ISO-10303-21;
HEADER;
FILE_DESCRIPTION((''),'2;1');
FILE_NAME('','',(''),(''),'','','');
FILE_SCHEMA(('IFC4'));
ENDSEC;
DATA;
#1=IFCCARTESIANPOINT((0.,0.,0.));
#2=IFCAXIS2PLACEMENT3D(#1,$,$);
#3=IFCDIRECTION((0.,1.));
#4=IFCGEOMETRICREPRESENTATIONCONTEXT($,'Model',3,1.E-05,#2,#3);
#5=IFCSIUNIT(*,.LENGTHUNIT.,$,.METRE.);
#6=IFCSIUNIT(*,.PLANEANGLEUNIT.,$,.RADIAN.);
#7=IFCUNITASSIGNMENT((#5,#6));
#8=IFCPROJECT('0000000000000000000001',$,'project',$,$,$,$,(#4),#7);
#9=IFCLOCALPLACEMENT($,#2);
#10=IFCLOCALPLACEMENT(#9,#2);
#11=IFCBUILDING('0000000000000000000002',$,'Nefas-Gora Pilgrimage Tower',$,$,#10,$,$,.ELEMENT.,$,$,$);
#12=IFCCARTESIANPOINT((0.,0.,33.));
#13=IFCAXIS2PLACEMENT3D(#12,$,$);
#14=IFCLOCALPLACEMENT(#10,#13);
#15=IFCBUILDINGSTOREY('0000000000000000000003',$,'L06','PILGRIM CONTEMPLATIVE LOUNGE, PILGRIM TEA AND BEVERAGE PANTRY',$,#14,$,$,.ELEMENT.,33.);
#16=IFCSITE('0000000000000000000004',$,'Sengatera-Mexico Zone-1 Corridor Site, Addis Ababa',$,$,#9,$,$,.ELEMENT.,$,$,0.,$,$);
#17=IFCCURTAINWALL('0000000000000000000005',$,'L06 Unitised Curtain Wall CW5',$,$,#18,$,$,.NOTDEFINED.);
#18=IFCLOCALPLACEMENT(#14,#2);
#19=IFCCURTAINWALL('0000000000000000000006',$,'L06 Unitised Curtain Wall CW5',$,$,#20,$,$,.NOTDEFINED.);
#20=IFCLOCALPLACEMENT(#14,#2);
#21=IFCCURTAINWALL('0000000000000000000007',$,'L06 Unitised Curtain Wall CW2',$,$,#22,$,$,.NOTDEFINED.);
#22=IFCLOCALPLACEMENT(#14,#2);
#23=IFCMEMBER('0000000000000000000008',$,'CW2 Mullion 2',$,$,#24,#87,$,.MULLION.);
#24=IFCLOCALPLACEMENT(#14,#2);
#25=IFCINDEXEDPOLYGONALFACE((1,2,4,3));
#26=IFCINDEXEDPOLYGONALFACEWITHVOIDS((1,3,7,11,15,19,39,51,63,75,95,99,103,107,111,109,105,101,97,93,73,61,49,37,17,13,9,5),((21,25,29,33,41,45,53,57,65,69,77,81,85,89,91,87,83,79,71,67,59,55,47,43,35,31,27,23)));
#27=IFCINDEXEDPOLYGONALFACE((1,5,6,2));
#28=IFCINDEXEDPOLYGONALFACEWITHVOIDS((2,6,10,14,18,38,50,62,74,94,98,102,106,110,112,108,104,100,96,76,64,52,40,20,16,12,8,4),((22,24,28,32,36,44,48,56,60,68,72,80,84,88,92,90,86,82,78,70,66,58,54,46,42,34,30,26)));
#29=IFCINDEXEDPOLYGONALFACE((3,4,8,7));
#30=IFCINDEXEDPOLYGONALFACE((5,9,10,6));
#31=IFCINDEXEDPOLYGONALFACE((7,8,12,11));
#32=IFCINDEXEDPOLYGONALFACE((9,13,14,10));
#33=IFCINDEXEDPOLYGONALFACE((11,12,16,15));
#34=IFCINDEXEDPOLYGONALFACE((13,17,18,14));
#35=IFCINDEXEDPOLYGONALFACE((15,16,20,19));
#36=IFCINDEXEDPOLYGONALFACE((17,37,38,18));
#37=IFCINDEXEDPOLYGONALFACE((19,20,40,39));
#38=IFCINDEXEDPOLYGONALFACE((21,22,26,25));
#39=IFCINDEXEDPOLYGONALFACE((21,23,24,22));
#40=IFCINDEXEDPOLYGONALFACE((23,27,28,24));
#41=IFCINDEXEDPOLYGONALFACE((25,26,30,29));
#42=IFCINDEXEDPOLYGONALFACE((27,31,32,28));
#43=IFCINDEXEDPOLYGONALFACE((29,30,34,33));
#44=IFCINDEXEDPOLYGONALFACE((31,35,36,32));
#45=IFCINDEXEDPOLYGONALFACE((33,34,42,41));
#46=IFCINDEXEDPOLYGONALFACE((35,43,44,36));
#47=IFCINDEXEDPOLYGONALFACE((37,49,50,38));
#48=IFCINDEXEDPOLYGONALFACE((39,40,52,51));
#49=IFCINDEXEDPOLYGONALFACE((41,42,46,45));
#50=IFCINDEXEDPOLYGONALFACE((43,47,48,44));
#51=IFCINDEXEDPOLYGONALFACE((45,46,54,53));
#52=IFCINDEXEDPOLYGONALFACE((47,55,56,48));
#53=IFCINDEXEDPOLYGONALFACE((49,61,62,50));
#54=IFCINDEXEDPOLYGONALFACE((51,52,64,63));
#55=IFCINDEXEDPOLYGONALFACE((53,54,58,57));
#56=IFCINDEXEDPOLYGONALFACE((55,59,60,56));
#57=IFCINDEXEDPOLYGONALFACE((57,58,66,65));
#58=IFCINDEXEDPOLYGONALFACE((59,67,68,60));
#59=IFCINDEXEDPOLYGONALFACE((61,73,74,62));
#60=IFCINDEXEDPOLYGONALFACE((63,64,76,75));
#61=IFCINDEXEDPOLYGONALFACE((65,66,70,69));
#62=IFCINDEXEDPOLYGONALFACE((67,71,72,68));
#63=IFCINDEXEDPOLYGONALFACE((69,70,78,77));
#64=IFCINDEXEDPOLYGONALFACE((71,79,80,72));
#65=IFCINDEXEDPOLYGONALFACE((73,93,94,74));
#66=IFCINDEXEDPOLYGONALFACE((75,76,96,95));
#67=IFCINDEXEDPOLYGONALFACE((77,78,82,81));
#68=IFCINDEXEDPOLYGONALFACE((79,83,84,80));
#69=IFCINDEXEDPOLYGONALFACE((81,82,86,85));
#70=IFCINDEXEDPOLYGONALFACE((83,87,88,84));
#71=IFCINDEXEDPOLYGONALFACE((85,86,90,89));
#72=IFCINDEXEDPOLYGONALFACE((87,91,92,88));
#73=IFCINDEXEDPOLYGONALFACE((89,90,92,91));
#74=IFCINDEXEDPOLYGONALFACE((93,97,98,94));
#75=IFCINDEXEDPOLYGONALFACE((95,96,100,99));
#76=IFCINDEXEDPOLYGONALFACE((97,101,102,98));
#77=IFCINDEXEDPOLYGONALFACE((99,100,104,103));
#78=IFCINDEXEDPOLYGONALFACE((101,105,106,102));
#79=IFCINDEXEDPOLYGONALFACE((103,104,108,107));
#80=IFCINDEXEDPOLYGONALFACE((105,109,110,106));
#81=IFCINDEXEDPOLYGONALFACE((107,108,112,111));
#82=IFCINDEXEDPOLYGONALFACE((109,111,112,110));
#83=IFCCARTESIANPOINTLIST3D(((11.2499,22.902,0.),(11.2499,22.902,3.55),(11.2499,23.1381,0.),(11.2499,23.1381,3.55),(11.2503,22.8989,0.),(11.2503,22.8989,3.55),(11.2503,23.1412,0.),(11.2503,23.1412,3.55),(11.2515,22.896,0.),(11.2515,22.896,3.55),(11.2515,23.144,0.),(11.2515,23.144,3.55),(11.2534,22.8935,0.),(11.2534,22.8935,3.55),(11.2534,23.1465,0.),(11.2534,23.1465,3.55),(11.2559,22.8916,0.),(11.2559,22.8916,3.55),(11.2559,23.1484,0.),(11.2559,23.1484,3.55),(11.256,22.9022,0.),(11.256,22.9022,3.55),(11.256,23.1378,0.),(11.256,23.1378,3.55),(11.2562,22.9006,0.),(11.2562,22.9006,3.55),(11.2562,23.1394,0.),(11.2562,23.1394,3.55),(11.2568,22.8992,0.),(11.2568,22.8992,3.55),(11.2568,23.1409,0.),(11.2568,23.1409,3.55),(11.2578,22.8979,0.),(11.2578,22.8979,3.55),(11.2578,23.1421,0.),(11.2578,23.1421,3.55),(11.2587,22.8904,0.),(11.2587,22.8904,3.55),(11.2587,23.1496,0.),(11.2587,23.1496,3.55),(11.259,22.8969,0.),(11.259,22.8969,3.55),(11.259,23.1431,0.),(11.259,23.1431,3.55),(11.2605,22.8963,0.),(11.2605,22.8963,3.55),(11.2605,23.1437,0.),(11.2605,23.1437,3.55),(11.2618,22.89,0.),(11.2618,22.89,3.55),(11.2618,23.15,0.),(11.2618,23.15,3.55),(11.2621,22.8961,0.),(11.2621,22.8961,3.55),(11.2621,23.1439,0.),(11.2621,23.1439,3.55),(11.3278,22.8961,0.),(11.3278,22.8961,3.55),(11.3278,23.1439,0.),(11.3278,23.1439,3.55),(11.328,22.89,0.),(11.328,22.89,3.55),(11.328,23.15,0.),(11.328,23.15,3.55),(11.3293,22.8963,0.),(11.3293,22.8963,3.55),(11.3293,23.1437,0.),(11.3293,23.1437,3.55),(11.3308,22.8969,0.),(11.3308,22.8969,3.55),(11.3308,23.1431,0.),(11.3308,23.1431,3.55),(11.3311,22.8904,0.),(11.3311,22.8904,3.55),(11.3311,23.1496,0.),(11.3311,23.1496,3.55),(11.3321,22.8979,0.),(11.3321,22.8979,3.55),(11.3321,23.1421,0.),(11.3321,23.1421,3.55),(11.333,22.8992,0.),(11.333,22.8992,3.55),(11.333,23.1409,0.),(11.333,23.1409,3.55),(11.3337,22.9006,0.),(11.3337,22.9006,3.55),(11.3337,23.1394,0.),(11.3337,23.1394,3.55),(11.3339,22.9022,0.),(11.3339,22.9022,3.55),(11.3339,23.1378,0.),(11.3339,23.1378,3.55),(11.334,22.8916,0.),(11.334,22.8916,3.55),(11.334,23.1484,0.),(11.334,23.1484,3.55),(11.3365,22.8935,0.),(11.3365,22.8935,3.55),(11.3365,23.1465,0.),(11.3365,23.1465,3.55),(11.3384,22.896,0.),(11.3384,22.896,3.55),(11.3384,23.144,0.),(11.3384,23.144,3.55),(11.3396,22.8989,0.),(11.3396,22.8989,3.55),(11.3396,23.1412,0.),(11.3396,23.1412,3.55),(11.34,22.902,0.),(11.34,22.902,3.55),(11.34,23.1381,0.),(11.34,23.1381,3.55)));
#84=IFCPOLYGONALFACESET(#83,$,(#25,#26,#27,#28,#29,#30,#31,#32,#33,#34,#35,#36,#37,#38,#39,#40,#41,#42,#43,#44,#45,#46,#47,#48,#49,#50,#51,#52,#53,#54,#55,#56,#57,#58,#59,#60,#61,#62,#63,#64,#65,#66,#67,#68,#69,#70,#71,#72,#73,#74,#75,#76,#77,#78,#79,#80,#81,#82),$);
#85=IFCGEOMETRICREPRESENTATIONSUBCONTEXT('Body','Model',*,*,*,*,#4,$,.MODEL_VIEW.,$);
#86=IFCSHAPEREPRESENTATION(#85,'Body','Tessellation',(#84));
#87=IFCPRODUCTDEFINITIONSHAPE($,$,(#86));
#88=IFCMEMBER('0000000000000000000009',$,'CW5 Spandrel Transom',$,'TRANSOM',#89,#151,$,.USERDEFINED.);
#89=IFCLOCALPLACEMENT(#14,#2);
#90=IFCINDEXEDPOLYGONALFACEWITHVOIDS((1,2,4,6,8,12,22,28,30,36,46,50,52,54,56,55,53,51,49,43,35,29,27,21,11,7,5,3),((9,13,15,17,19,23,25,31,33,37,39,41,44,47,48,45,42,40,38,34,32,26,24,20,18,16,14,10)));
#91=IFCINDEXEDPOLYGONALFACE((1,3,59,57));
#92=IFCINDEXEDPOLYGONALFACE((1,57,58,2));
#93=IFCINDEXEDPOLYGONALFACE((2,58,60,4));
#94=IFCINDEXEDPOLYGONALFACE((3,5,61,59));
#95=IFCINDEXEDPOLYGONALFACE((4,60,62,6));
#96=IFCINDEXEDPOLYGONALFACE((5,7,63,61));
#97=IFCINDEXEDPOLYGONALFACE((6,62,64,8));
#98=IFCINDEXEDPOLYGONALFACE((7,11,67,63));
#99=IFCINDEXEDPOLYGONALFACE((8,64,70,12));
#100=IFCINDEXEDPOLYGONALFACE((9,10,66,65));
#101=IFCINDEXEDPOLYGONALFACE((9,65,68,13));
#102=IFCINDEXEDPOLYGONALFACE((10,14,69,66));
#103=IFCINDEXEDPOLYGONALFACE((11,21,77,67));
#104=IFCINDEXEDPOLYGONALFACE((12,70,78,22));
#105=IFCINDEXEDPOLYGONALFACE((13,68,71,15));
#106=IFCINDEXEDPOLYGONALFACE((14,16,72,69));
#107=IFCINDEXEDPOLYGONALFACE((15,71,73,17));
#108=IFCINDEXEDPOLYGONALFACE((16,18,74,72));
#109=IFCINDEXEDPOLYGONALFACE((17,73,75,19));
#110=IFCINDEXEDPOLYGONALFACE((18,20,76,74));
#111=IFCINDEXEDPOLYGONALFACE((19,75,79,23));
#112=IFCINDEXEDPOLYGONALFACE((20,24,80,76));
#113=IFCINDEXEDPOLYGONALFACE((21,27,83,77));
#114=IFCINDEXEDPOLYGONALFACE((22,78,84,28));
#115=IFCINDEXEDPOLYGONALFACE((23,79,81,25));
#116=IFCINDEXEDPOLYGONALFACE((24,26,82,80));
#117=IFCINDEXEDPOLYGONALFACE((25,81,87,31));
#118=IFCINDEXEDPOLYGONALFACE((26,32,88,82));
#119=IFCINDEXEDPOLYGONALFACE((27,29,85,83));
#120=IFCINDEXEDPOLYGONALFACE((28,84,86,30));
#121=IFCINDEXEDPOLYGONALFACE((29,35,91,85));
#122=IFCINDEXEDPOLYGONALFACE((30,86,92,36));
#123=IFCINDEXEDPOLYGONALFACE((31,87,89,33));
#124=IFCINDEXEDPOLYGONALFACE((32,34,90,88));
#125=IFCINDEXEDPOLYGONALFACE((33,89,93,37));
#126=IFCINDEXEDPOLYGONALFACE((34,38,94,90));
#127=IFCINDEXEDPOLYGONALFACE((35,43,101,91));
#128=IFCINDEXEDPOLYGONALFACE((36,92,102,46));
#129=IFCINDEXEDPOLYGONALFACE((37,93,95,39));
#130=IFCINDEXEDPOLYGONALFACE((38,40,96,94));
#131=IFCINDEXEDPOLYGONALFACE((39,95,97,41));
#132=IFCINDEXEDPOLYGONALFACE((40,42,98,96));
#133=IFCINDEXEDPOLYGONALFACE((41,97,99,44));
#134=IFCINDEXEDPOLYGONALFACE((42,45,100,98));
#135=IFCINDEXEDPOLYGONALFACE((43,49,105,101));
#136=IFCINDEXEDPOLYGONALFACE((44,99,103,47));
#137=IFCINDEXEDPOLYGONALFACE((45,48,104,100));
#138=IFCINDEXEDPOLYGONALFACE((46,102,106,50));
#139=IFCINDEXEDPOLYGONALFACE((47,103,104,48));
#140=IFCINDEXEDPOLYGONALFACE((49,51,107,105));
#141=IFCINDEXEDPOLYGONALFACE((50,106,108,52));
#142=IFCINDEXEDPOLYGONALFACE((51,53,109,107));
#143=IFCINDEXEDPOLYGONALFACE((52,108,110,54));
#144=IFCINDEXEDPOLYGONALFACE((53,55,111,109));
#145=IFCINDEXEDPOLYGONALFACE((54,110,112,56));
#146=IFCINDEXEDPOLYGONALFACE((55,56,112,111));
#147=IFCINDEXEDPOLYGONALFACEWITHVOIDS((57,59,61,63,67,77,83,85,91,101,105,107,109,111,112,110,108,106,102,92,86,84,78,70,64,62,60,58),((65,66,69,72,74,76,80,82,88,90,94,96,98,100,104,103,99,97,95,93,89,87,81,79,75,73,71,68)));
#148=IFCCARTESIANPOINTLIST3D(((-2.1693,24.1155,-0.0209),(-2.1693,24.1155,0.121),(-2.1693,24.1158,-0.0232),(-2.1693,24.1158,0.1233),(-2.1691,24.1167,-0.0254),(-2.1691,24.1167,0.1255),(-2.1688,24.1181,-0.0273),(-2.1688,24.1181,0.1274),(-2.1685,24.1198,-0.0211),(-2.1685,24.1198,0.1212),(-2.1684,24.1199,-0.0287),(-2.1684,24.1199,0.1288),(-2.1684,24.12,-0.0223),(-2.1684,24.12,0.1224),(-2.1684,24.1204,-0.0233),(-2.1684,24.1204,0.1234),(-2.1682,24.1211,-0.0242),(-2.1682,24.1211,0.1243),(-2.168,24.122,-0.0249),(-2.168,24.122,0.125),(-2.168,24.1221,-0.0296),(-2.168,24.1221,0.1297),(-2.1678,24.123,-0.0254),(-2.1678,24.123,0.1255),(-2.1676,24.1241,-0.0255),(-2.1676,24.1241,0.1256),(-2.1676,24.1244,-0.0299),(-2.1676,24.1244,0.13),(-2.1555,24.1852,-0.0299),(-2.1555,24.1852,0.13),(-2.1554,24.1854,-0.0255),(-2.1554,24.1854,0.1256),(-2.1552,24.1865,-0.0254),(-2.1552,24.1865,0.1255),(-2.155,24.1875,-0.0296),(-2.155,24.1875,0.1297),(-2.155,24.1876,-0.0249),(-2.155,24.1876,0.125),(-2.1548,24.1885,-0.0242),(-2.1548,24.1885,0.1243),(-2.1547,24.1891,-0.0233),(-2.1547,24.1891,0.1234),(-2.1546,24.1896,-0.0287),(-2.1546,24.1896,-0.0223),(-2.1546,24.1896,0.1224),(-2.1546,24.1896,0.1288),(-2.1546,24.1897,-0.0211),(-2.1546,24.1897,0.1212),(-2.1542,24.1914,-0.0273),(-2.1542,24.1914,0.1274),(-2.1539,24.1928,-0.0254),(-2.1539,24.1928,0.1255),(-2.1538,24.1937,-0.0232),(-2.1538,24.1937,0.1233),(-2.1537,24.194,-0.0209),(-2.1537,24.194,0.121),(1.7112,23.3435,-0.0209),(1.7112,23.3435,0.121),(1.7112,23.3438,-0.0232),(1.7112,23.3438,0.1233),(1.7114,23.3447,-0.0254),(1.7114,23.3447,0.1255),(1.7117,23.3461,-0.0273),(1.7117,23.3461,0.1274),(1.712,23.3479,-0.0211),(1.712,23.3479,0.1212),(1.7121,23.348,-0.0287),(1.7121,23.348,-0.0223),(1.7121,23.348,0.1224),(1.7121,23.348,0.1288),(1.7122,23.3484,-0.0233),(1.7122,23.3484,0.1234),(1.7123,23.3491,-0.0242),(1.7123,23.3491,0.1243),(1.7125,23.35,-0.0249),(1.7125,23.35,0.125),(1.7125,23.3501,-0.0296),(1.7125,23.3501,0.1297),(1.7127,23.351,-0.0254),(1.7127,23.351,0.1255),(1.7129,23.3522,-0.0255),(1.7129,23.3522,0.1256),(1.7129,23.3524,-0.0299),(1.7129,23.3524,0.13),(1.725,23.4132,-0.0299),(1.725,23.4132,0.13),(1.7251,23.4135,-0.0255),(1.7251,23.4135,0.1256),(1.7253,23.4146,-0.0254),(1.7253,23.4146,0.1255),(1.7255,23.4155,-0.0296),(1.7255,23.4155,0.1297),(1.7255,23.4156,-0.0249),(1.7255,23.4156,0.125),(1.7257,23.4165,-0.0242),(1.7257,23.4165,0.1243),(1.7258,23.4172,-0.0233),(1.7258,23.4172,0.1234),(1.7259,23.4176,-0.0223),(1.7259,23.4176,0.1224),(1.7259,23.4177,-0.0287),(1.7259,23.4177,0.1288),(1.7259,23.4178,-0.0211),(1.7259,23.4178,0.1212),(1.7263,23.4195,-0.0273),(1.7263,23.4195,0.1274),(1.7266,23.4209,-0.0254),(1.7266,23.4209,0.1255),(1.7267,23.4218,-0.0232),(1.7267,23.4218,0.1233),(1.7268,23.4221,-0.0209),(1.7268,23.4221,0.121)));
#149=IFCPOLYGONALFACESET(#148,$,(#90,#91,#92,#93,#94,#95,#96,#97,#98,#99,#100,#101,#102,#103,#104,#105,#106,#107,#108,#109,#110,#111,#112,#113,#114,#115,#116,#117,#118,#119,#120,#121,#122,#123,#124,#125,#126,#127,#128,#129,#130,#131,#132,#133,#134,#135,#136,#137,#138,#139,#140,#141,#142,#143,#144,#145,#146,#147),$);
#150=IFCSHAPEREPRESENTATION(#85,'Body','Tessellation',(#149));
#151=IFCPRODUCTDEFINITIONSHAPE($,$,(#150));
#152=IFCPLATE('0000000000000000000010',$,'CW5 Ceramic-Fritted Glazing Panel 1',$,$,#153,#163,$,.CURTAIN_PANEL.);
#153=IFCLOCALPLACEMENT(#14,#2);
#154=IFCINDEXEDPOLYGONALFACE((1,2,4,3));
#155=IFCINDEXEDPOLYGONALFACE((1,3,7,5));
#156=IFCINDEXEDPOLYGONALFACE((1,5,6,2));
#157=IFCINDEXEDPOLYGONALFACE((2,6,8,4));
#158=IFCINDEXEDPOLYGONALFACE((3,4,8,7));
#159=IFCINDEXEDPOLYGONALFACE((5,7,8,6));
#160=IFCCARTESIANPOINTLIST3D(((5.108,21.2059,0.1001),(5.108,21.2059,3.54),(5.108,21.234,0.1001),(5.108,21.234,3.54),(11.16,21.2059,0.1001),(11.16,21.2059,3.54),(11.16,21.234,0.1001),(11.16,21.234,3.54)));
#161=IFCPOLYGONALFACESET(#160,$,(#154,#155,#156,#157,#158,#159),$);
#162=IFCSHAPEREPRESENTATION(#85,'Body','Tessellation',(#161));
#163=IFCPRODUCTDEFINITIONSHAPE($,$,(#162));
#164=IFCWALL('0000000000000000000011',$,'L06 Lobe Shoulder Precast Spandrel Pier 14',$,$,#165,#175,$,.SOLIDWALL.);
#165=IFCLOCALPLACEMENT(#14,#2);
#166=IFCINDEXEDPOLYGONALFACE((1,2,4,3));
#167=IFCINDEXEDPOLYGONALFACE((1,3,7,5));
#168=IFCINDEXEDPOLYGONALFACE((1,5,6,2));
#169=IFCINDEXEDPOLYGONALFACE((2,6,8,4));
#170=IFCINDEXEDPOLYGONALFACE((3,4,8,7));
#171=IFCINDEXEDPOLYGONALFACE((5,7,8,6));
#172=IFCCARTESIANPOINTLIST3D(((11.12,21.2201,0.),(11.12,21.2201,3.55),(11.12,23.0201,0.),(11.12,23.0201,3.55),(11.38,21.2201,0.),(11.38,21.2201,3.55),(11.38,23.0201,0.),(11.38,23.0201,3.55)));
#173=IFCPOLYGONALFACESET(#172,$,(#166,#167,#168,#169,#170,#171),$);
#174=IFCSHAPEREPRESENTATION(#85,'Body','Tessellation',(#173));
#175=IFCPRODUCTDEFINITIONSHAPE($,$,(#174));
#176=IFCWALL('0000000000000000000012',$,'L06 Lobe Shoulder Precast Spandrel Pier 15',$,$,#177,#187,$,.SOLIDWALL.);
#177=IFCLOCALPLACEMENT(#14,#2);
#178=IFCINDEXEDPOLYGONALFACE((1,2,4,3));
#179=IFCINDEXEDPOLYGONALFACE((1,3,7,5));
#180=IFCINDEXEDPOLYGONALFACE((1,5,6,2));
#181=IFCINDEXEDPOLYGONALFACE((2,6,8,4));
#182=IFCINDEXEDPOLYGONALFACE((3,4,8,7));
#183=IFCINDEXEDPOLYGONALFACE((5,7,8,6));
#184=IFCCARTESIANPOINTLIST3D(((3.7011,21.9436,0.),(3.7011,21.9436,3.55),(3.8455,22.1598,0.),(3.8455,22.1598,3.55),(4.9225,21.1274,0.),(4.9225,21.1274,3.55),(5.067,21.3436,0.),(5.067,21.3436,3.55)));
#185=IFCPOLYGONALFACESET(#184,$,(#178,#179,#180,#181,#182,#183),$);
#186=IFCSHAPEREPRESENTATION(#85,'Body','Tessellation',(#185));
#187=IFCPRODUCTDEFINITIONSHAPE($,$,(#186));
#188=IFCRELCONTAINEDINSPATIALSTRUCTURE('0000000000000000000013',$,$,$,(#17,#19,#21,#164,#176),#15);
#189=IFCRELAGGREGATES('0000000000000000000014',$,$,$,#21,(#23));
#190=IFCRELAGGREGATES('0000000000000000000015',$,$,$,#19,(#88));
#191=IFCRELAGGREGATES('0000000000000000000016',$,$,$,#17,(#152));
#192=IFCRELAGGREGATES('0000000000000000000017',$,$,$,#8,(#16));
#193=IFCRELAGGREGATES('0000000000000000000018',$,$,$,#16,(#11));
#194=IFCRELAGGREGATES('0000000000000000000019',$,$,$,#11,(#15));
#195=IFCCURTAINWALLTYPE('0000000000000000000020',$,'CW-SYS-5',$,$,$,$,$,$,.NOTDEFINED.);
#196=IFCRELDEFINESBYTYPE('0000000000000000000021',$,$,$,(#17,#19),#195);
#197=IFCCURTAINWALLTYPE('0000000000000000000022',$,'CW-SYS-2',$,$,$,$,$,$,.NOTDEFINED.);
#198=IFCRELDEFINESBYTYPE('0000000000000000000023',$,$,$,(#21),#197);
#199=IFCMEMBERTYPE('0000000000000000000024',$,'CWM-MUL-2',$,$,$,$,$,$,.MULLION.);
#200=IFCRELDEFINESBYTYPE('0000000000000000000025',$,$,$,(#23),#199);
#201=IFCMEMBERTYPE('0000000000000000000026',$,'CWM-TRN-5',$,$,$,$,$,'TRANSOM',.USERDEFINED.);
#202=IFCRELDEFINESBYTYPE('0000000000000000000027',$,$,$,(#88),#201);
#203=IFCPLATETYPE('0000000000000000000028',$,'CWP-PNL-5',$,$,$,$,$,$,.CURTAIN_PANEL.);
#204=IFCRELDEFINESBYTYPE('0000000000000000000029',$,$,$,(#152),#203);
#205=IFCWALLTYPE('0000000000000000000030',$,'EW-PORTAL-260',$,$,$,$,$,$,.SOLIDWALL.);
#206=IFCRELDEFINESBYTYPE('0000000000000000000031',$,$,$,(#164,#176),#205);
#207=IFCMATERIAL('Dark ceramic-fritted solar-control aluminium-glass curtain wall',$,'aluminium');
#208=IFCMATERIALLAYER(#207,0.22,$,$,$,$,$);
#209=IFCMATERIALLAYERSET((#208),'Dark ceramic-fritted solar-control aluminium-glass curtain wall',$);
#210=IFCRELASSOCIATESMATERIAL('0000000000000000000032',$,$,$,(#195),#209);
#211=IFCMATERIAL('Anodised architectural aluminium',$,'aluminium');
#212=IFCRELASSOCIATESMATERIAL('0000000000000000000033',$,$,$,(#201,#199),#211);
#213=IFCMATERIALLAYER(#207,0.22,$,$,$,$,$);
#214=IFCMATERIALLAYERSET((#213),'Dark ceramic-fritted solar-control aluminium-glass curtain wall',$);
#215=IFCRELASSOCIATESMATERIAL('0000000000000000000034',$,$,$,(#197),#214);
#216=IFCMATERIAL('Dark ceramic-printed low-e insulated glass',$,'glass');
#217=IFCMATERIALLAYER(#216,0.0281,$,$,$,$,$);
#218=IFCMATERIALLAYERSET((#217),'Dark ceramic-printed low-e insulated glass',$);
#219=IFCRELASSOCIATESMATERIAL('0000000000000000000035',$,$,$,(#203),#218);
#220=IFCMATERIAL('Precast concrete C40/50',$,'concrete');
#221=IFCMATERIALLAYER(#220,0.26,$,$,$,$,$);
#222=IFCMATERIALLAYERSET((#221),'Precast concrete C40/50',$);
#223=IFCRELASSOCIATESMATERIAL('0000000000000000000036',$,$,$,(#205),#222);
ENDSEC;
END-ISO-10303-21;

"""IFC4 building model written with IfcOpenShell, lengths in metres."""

from ifc_helpers import new_model, si_unit, direction, frame, frame_2d, origin, origin_2d, place, context, subcontext, project, spatial, rectangle, hollow_rectangle, extrude, source, transform, mapped, material, layer, layer_set, material_profile, profile_set, type_object, element, aggregate, save


model = new_model("IFC4")

# Units and contexts
model_context = context("Model", 3, precision=1e-05, world=origin(), true_north=direction((0.0, 1.0)))
body_context = subcontext(model_context, "Body", "Model", "MODEL_VIEW")
ifc_project = project(units=[si_unit("LENGTHUNIT", "METRE"), si_unit("PLANEANGLEUNIT", "RADIAN")], contexts=[model_context])

# Site, building, storey
site_placement = place(None, origin())
site = spatial("IfcSite", under=ifc_project, at=site_placement, Name="Sengatera-Mexico Zone-1 Corridor Site, Addis Ababa", CompositionType="ELEMENT", RefElevation=0.0)
building_placement = place(site_placement, origin())
building = spatial("IfcBuilding", under=site, at=building_placement, Name="Nefas-Gora Pilgrimage Tower", CompositionType="ELEMENT")
storey_placement = place(building_placement, frame((0.0, 0.0, 33.0)))
storey = spatial("IfcBuildingStorey", under=building, at=storey_placement, Name="L06", Description="PILGRIM CONTEMPLATIVE LOUNGE, PILGRIM TEA AND BEVERAGE PANTRY", CompositionType="ELEMENT", Elevation=33.0)

# Curtain wall
ifc_material_1 = material(Name="Dark ceramic-fritted solar-control aluminium-glass curtain wall", Category="aluminium")
ifc_layer_1 = layer(ifc_material_1, 0.22)
ifc_layer_set_1 = layer_set([ifc_layer_1], Name="Dark ceramic-fritted solar-control aluminium-glass curtain wall")
curtain_wall_type_1 = type_object("IfcCurtainWallType", Name="CW-SYS-5", PredefinedType="NOTDEFINED", material=ifc_layer_set_1)
curtain_wall_1_placement = place(storey_placement, origin())
curtain_wall_1 = element("IfcCurtainWall", 1, at=curtain_wall_1_placement, inside=storey, type_object=curtain_wall_type_1, Name="L06 Unitised Curtain Wall CW5", PredefinedType="NOTDEFINED")
ifc_material_2 = material(Name="Anodised architectural aluminium", Category="aluminium")

# Curtain wall
curtain_wall_2_placement = place(storey_placement, origin())
curtain_wall_2 = element("IfcCurtainWall", 2, at=curtain_wall_2_placement, inside=storey, type_object=curtain_wall_type_1, Name="L06 Unitised Curtain Wall CW5", PredefinedType="NOTDEFINED")

# Shared definitions
ifc_material_profile_1 = material_profile(ifc_material_2, hollow_rectangle(XDim=0.0801, YDim=0.1599, WallThickness=0.0044, InnerFilletRadius=0.0044, OuterFilletRadius=0.009, at=origin_2d()), Name="ALU TRANSOM 80x160")
ifc_profile_set_1 = profile_set([ifc_material_profile_1], Name="Anodised architectural aluminium")
member_type_1 = type_object("IfcMemberType", Name="CWM-TRN-5", ElementType="TRANSOM", PredefinedType="USERDEFINED", material=ifc_profile_set_1)

# Curtain wall, member
ifc_layer_2 = layer(ifc_material_1, 0.22)
ifc_layer_set_2 = layer_set([ifc_layer_2], Name="Dark ceramic-fritted solar-control aluminium-glass curtain wall")
curtain_wall_type_2 = type_object("IfcCurtainWallType", Name="CW-SYS-2", PredefinedType="NOTDEFINED", material=ifc_layer_set_2)
curtain_wall_3_placement = place(storey_placement, origin())
curtain_wall_3 = element("IfcCurtainWall", 3, at=curtain_wall_3_placement, inside=storey, type_object=curtain_wall_type_2, Name="L06 Unitised Curtain Wall CW2", PredefinedType="NOTDEFINED")
ifc_material_profile_2 = material_profile(ifc_material_2, hollow_rectangle(XDim=0.0901, YDim=0.26, WallThickness=0.0061, InnerFilletRadius=0.0061, OuterFilletRadius=0.012, at=origin_2d()), Name="ALU MULLION 90x260")
ifc_profile_set_2 = profile_set([ifc_material_profile_2], Name="Anodised architectural aluminium")
member_type_2 = type_object("IfcMemberType", Name="CWM-MUL-2", PredefinedType="MULLION", material=ifc_profile_set_2)
shared_shape_1 = source(origin(), body_context, "Body", "SweptSolid", [
    extrude(hollow_rectangle(XDim=0.0901, YDim=0.26, WallThickness=0.0061, InnerFilletRadius=0.0061, OuterFilletRadius=0.012, at=origin_2d()), origin(), (0.0, 0.0, 1.0), 3.55),
])
member_1_placement = place(storey_placement, frame((11.2949, 23.02, 0.0), z_axis=(0.0, 0.0, 1.0), x_axis=(-1.0, 0.0, 0.0)))
member_1 = element("IfcMember", 4, at=member_1_placement, type_object=member_type_2, Name="CW2 Mullion 2", PredefinedType="MULLION", context=body_context, shape_type="MappedRepresentation", body=[
    mapped(shared_shape_1, transform((0.0, 0.0, 0.0), x_axis=(1.0, 0.0, 0.0), y_axis=(0.0, 1.0, 0.0), z_axis=(0.0, 0.0, 1.0), scale=1.0)),
])
aggregate(curtain_wall_3, [member_1])

# Member
shared_shape_2 = source(origin(), body_context, "Body", "SweptSolid", [
    extrude(hollow_rectangle(XDim=0.0801, YDim=0.1599, WallThickness=0.0044, InnerFilletRadius=0.0044, OuterFilletRadius=0.009, at=origin_2d()), origin(), (0.0, 0.0, 1.0), 3.9565),
])
member_2_placement = place(storey_placement, frame((1.719, 23.3828, 0.05), z_axis=(-0.980782, 0.195107, 0.0), x_axis=(-0.195107, -0.980782, 0.0)))
member_2 = element("IfcMember", 5, at=member_2_placement, type_object=member_type_1, Name="CW5 Spandrel Transom", ObjectType="TRANSOM", PredefinedType="USERDEFINED", context=body_context, shape_type="MappedRepresentation", body=[
    mapped(shared_shape_2, transform((0.0, 0.0, 0.0), x_axis=(1.0, 0.0, 0.0), y_axis=(0.0, 1.0, 0.0), z_axis=(0.0, 0.0, 1.0), scale=1.0)),
])
aggregate(curtain_wall_2, [member_2])

# Plate
ifc_material_3 = material(Name="Dark ceramic-printed low-e insulated glass", Category="glass")
ifc_layer_3 = layer(ifc_material_3, 0.0281)
ifc_layer_set_3 = layer_set([ifc_layer_3], Name="Dark ceramic-printed low-e insulated glass")
plate_type = type_object("IfcPlateType", Name="CWP-PNL-5", PredefinedType="CURTAIN_PANEL", material=ifc_layer_set_3)
shared_shape_3 = source(origin(), body_context, "Body", "SweptSolid", [
    extrude(rectangle(XDim=6.052, YDim=0.0281, at=origin_2d()), origin(), (0.0, 0.0, 1.0), 3.4399),
])
plate_placement = place(storey_placement, frame((8.134, 21.22, 0.1001), z_axis=(0.0, 0.0, 1.0), x_axis=(-1.0, 0.0, 0.0)))
plate = element("IfcPlate", 6, at=plate_placement, type_object=plate_type, Name="CW5 Ceramic-Fritted Glazing Panel 1", PredefinedType="CURTAIN_PANEL", context=body_context, shape_type="MappedRepresentation", body=[
    mapped(shared_shape_3, transform((0.0, 0.0, 0.0), x_axis=(1.0, 0.0, 0.0), y_axis=(0.0, 1.0, 0.0), z_axis=(0.0, 0.0, 1.0), scale=1.0)),
])
aggregate(curtain_wall_1, [plate])

# Walls
ifc_material_4 = material(Name="Precast concrete C40/50", Category="concrete")
ifc_layer_4 = layer(ifc_material_4, 0.26)
ifc_layer_set_4 = layer_set([ifc_layer_4], Name="Precast concrete C40/50")
wall_type_1 = type_object("IfcWallType", Name="EW-PORTAL-260", PredefinedType="SOLIDWALL", material=ifc_layer_set_4)
shared_shape_4 = source(origin(), body_context, "Body", "SweptSolid", [
    extrude(rectangle(XDim=1.8, YDim=0.26, at=frame_2d((0.8999, 0.0))), origin(), (0.0, 0.0, 1.0), 3.55),
])
wall_1_placement = place(storey_placement, frame((11.25, 23.02, 0.0), z_axis=(0.0, 0.0, 1.0), x_axis=(0.0, -1.0, 0.0)))
element("IfcWall", 7, at=wall_1_placement, inside=storey, type_object=wall_type_1, Name="L06 Lobe Shoulder Precast Spandrel Pier 14", PredefinedType="SOLIDWALL", context=body_context, shape_type="MappedRepresentation", body=[
    mapped(shared_shape_4, transform((0.0, 0.0, 0.0), x_axis=(1.0, 0.0, 0.0), y_axis=(0.0, 1.0, 0.0), z_axis=(0.0, 0.0, 1.0), scale=1.0)),
])
shared_shape_5 = source(origin(), body_context, "Body", "SweptSolid", [
    extrude(rectangle(XDim=1.469, YDim=0.26, at=frame_2d((0.7344, 0.0))), origin(), (0.0, 0.0, 1.0), 3.55),
])
wall_2_placement = place(storey_placement, frame((4.9946, 21.2356, 0.0), z_axis=(0.0, 0.0, 1.0), x_axis=(-0.831462, 0.555582, 0.0)))
element("IfcWall", 8, at=wall_2_placement, inside=storey, type_object=wall_type_1, Name="L06 Lobe Shoulder Precast Spandrel Pier 15", PredefinedType="SOLIDWALL", context=body_context, shape_type="MappedRepresentation", body=[
    mapped(shared_shape_5, transform((0.0, 0.0, 0.0), x_axis=(1.0, 0.0, 0.0), y_axis=(0.0, 1.0, 0.0), z_axis=(0.0, 0.0, 1.0), scale=1.0)),
])

save(model, "model.ifc")
